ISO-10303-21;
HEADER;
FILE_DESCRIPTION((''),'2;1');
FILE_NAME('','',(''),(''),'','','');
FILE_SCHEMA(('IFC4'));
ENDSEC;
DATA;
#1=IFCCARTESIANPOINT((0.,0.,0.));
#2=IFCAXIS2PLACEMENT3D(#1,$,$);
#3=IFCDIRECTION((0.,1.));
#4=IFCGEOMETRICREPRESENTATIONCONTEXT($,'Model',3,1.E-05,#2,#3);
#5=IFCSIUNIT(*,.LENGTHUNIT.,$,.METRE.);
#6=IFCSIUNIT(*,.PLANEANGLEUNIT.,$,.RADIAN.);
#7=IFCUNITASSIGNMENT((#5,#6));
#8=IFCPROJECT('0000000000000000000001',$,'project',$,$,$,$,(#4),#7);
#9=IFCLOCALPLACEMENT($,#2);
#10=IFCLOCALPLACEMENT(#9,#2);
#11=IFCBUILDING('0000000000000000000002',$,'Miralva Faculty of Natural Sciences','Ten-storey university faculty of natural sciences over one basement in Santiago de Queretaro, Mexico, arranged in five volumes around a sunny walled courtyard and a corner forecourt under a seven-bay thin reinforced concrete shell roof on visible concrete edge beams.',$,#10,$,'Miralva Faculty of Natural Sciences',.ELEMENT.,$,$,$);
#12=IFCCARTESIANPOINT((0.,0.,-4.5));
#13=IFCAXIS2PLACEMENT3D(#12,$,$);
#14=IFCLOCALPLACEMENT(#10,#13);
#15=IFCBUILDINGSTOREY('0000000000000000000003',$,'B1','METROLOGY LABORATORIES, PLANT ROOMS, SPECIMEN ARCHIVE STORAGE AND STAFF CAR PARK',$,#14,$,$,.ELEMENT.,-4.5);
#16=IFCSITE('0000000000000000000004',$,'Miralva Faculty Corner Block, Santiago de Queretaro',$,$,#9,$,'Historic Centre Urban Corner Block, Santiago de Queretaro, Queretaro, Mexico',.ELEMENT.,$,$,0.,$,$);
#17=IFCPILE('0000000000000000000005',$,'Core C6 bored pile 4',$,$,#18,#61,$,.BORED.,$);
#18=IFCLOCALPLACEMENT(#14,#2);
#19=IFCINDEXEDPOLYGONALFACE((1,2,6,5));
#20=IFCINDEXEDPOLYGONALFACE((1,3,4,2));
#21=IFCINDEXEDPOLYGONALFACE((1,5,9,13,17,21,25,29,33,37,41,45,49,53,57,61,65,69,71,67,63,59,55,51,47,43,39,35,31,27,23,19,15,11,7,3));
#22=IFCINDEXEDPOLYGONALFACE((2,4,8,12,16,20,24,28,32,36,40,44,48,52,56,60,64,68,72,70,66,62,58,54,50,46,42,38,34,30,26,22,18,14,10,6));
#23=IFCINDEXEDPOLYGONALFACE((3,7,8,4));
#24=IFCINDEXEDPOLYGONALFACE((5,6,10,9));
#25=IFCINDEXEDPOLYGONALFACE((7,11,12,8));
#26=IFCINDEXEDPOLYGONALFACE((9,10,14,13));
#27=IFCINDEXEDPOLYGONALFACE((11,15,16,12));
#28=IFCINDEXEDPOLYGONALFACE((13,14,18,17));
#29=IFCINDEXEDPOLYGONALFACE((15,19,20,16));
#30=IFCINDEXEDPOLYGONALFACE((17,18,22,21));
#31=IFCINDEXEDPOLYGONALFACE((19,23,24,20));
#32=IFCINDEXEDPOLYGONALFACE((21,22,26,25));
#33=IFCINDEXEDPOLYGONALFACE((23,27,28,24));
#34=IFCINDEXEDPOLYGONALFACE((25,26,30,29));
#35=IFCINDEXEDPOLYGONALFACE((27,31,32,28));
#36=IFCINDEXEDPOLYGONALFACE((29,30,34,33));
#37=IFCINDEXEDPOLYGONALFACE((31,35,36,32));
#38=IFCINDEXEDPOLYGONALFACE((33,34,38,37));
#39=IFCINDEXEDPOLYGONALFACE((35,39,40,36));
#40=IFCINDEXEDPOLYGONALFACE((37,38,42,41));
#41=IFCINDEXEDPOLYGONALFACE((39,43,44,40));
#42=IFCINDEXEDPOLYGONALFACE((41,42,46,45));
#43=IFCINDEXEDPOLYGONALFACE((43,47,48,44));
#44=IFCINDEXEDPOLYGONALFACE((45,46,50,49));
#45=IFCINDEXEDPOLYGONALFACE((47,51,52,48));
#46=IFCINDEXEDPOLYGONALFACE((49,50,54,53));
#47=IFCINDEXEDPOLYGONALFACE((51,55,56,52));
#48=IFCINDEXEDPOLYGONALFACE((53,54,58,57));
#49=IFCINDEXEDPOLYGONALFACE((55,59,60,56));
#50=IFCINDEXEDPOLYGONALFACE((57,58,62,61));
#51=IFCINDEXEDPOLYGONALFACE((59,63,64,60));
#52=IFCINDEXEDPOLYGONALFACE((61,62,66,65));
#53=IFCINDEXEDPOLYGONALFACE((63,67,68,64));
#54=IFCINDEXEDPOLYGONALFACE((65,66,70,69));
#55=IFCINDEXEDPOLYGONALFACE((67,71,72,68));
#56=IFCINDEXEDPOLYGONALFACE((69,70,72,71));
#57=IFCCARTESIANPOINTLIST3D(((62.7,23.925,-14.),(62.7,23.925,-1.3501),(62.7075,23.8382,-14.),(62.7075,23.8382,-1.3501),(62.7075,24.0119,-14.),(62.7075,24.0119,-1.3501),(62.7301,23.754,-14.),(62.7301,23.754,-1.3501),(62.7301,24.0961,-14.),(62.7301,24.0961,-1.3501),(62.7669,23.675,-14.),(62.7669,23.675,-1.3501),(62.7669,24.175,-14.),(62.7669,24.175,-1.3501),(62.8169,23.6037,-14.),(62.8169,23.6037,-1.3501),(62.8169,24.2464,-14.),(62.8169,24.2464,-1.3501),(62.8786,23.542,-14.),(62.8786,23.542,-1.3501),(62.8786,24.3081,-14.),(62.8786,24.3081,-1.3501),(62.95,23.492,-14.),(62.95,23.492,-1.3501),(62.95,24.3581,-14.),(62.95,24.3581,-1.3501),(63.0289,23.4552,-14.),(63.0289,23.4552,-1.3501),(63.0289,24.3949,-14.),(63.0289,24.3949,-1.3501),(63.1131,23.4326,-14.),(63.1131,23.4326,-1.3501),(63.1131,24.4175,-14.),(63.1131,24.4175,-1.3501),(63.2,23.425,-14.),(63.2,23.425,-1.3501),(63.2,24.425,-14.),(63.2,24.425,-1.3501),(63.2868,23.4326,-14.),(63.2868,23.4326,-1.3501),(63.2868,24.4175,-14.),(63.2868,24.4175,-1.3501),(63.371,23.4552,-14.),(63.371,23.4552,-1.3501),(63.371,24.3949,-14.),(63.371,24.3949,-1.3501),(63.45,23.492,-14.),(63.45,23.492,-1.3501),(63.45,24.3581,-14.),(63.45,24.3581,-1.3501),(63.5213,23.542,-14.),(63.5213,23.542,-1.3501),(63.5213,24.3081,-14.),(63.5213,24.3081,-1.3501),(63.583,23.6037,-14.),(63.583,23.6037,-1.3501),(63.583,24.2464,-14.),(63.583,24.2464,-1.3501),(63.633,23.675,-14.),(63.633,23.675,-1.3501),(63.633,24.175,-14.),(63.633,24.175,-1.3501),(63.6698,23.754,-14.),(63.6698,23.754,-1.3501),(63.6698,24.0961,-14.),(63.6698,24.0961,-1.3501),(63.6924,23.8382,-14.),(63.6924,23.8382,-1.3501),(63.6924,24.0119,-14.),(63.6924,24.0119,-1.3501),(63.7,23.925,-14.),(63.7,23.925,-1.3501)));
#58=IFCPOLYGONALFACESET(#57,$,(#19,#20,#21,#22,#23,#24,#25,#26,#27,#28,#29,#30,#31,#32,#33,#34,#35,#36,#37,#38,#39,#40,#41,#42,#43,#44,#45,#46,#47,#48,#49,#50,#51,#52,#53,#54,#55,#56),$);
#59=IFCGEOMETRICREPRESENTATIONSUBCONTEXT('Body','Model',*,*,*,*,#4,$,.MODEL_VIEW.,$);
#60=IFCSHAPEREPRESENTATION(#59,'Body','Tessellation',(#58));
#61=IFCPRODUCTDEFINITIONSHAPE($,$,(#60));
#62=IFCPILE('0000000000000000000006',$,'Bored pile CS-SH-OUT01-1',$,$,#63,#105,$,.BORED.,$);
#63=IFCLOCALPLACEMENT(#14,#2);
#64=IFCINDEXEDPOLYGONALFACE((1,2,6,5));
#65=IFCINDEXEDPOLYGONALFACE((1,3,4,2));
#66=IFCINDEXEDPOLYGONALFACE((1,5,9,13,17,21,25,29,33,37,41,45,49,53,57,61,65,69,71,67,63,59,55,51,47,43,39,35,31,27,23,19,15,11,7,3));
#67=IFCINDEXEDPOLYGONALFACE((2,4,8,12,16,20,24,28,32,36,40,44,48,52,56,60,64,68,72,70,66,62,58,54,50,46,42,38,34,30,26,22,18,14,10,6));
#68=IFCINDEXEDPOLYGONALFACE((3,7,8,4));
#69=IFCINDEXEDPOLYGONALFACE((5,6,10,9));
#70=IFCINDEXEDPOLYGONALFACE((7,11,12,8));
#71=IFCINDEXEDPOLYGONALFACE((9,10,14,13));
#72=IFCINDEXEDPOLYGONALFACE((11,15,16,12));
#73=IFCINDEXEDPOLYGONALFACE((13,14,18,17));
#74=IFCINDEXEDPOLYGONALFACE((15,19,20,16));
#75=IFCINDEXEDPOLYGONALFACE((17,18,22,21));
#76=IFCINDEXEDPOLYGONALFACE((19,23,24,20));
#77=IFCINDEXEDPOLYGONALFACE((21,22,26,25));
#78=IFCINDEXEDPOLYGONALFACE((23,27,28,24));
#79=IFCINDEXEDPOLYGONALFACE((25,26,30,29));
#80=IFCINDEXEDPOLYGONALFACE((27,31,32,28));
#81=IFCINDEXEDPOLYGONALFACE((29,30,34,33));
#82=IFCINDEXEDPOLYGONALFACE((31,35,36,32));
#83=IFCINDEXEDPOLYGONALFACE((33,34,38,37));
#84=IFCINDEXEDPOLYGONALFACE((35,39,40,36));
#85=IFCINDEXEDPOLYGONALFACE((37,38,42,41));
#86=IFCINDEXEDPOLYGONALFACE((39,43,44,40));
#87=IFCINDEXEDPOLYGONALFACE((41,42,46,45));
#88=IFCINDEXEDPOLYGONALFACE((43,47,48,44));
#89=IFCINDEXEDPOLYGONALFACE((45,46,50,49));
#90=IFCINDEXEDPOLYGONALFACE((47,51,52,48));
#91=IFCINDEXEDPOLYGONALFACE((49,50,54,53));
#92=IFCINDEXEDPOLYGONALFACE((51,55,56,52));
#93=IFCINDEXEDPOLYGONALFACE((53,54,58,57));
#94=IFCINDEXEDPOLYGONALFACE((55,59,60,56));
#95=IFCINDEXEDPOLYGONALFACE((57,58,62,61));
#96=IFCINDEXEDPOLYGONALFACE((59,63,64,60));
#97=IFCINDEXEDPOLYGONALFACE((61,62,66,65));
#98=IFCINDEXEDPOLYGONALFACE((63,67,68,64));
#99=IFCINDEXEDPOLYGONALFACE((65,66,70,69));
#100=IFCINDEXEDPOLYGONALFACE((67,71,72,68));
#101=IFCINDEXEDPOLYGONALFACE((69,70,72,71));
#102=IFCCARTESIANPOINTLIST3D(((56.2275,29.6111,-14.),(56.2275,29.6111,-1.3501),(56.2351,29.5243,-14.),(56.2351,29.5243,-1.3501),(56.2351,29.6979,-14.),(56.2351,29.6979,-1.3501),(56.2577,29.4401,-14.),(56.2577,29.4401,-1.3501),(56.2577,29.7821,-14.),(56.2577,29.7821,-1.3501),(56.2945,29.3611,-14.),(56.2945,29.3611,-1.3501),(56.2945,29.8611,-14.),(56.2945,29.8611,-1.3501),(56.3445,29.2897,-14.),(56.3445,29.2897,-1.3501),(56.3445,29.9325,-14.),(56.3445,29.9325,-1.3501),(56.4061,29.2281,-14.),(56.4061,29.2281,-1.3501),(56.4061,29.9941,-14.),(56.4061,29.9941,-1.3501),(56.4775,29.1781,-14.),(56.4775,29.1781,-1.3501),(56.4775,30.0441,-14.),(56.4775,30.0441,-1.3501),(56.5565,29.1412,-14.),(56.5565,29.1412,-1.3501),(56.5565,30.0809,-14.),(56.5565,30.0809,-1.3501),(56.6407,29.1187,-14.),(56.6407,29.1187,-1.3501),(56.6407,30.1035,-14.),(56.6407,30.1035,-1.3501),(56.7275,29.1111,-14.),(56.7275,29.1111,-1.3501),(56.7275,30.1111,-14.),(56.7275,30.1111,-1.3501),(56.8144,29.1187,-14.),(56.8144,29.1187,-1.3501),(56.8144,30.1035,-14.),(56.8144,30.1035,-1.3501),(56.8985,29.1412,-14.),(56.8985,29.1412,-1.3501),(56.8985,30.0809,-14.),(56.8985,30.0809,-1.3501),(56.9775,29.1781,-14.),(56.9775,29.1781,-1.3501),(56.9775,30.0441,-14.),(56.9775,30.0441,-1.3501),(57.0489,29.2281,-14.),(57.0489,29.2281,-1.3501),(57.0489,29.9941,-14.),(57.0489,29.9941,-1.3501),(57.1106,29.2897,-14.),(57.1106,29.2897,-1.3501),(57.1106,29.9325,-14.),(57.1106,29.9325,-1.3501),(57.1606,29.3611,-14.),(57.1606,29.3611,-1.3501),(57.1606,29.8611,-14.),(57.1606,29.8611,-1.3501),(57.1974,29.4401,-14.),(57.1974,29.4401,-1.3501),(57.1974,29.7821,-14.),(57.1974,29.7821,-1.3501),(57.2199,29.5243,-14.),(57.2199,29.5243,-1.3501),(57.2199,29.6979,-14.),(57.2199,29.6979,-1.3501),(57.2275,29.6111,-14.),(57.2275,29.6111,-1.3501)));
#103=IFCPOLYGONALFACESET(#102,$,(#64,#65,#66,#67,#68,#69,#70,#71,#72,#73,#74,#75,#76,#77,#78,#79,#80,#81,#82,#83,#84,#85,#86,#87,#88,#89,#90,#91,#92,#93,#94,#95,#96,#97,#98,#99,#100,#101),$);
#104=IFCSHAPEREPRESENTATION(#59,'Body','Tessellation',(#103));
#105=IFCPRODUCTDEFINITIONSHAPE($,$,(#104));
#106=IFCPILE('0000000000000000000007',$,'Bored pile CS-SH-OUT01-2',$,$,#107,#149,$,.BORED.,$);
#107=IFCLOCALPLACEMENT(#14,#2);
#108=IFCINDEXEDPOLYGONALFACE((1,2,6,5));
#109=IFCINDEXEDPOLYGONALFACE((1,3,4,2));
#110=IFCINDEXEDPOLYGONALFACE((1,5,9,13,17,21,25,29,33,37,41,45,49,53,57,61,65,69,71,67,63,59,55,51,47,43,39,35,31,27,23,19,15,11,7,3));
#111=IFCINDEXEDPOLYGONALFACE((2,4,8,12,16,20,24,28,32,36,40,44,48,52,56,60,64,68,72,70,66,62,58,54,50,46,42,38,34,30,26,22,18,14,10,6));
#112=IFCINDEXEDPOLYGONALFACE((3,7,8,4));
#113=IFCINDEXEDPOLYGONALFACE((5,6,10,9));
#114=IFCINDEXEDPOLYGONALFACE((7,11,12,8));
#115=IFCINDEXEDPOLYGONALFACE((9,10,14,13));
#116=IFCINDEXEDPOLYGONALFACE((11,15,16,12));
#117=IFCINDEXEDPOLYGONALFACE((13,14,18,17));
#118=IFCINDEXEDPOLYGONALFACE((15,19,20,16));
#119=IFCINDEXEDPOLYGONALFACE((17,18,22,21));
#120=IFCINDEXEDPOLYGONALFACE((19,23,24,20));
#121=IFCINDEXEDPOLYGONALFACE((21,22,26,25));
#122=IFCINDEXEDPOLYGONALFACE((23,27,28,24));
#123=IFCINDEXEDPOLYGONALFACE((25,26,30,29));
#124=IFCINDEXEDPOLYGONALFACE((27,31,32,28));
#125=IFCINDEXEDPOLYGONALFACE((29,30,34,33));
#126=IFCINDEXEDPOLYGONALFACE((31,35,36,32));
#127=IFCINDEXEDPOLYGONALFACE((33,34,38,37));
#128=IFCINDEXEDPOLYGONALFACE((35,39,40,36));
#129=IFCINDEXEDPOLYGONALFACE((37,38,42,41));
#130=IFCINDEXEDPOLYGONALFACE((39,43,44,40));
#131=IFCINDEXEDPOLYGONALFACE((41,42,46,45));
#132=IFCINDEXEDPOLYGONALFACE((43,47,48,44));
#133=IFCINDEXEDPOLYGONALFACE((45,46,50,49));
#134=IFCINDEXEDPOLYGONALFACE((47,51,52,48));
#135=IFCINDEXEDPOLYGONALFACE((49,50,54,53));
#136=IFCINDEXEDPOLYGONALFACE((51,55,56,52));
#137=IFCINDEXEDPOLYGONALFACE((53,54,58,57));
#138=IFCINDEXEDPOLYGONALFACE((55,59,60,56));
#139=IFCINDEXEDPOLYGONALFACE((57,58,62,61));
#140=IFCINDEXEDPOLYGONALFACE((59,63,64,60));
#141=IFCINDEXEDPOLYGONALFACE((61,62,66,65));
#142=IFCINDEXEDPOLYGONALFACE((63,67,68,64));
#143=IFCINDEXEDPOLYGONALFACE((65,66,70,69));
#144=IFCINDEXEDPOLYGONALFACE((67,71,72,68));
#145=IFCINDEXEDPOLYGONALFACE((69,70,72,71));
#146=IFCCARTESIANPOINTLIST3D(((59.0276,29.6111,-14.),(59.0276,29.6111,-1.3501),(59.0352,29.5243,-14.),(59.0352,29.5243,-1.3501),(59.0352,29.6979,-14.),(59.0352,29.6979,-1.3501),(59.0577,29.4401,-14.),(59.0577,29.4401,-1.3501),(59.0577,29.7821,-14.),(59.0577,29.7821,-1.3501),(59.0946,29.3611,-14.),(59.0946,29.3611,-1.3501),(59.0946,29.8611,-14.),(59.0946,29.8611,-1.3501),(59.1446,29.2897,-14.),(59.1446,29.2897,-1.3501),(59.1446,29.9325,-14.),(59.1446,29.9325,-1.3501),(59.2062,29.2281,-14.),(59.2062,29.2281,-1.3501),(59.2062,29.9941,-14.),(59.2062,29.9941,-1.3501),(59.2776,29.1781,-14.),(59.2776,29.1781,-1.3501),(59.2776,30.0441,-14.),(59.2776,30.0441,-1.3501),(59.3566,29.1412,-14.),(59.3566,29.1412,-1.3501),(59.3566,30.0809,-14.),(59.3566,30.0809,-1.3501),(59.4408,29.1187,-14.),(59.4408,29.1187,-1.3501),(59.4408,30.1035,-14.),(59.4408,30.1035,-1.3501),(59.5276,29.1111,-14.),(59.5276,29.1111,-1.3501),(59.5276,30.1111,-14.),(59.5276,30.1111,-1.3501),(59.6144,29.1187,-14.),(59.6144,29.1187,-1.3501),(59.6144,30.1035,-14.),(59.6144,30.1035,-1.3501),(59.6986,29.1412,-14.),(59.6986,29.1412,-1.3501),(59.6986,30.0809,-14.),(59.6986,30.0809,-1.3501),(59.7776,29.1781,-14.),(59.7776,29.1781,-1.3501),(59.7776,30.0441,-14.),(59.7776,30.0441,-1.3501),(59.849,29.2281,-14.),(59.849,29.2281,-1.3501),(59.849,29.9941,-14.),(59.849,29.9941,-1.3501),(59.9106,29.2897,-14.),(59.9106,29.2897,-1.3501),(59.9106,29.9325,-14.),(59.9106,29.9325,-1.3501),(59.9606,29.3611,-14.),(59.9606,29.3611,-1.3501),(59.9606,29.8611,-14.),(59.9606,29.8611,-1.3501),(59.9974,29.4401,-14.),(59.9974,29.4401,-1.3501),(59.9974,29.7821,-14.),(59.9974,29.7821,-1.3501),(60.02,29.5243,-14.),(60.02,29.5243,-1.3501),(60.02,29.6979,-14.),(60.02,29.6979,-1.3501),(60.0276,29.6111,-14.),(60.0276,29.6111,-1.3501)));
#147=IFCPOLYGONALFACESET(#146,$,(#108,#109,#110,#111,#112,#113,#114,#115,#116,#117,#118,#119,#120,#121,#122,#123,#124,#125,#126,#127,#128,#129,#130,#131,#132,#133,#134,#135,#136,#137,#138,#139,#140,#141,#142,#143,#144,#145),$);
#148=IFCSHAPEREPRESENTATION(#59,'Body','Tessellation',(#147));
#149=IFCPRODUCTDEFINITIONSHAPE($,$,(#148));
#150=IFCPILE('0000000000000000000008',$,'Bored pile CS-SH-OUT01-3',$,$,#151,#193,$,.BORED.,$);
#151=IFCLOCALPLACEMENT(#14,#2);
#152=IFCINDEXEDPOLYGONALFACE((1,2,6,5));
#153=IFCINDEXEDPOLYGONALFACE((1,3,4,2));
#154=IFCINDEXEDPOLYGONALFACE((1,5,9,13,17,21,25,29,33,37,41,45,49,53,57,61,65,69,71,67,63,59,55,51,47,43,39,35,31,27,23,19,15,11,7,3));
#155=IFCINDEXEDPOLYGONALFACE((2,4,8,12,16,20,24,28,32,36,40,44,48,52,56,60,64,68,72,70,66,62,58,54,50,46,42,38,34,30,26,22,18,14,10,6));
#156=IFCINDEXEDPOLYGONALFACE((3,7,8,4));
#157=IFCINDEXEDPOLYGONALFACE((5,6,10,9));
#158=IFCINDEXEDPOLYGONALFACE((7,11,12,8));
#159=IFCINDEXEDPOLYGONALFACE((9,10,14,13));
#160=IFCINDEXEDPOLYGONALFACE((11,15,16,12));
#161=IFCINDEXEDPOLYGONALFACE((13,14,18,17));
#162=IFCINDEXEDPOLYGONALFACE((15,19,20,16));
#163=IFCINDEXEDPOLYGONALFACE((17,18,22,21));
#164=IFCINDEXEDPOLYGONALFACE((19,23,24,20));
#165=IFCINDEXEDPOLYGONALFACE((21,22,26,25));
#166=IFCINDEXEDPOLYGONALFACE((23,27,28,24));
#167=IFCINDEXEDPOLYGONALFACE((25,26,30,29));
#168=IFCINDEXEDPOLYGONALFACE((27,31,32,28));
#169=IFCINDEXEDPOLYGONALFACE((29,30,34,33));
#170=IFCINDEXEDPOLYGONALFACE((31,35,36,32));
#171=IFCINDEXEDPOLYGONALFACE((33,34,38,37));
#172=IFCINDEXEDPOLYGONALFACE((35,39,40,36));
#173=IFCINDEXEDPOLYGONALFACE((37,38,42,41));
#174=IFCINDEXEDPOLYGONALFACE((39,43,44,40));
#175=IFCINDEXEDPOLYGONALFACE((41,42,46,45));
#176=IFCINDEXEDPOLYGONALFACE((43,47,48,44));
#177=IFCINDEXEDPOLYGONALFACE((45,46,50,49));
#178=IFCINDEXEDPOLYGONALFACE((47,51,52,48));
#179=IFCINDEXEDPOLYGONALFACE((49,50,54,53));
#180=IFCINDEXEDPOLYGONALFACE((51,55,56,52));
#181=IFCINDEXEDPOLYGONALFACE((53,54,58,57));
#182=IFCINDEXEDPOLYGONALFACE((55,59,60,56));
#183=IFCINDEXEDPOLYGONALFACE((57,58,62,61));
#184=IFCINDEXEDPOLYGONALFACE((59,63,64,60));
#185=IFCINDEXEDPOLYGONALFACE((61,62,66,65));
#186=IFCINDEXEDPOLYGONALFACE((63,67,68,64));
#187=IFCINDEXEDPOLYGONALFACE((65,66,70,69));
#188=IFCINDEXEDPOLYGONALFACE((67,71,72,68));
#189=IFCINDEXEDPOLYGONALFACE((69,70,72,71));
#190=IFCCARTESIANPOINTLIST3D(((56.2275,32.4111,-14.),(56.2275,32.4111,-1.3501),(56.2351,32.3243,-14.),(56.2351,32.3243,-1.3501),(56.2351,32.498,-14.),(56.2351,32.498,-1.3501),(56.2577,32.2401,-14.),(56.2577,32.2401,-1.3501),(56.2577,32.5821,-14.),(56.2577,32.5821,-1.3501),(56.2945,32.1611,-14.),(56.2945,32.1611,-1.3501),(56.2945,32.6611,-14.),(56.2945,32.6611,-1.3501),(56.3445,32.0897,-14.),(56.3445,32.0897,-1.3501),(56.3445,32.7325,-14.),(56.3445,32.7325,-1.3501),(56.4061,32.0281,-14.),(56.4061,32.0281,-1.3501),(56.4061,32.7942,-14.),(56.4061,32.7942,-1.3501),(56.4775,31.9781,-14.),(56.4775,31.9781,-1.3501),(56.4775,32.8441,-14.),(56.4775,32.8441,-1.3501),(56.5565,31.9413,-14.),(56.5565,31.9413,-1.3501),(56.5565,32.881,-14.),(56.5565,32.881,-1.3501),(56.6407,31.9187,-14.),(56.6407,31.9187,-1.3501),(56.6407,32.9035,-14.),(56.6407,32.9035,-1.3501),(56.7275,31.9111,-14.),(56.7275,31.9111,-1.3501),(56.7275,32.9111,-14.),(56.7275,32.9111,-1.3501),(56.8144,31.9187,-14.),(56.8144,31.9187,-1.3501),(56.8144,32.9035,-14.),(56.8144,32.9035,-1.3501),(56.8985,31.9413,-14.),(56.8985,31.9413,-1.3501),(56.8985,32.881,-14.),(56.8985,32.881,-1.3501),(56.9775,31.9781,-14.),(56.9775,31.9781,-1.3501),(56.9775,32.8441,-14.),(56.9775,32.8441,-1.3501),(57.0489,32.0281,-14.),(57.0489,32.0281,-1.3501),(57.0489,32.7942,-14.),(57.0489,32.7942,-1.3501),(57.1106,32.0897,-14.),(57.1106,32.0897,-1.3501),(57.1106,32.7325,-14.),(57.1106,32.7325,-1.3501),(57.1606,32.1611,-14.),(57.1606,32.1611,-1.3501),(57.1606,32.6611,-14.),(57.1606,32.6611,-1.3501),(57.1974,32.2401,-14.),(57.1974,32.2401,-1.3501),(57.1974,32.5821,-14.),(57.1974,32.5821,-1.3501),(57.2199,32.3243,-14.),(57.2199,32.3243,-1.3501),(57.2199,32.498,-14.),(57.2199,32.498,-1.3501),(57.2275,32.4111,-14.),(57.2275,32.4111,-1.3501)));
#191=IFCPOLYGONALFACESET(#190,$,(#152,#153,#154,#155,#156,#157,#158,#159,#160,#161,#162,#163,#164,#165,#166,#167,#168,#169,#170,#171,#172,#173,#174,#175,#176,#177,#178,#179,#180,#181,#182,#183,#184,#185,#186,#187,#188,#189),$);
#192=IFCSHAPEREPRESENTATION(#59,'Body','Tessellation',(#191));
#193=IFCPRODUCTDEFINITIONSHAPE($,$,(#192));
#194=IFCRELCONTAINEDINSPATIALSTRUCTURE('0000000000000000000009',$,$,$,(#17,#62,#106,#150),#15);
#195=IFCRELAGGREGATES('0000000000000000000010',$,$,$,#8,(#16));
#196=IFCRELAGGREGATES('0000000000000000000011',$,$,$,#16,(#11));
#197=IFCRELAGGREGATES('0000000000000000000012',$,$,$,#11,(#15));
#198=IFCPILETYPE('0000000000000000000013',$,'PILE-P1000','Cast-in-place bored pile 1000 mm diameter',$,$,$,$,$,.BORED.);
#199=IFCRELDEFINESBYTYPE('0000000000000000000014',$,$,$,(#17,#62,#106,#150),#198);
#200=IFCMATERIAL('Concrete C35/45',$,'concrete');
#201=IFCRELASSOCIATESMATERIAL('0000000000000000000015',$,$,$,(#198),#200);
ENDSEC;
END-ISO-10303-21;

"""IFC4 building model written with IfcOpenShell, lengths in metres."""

from ifc_helpers import new_model, si_unit, direction, frame, origin, origin_2d, place, context, subcontext, project, spatial, circle, extrude, material, material_profile, profile_set, type_object, element, save


model = new_model("IFC4")

# Units and contexts
model_context = context("Model", 3, precision=1e-05, world=origin(), true_north=direction((0.0, 1.0)))
body_context = subcontext(model_context, "Body", "Model", "MODEL_VIEW")
ifc_project = project(units=[si_unit("LENGTHUNIT", "METRE"), si_unit("PLANEANGLEUNIT", "RADIAN")], contexts=[model_context])

# Site, building, storey
site_placement = place(None, origin())
site = spatial("IfcSite", under=ifc_project, at=site_placement, Name="Miralva Faculty Corner Block, Santiago de Queretaro", LongName="Historic Centre Urban Corner Block, Santiago de Queretaro, Queretaro, Mexico", CompositionType="ELEMENT", RefElevation=0.0)
building_placement = place(site_placement, origin())
building = spatial("IfcBuilding", under=site, at=building_placement, Name="Miralva Faculty of Natural Sciences", Description="Ten-storey university faculty of natural sciences over one basement in Santiago de Queretaro, Mexico, arranged in five volumes around a sunny walled courtyard and a corner forecourt under a seven-bay thin reinforced concrete shell roof on visible concrete edge beams.", LongName="Miralva Faculty of Natural Sciences", CompositionType="ELEMENT")
storey_placement = place(building_placement, frame((0.0, 0.0, -4.5)))
storey = spatial("IfcBuildingStorey", under=building, at=storey_placement, Name="B1", Description="METROLOGY LABORATORIES, PLANT ROOMS, SPECIMEN ARCHIVE STORAGE AND STAFF CAR PARK", CompositionType="ELEMENT", Elevation=-4.5)

# Piles
ifc_material_1 = material(Name="Concrete C35/45", Category="concrete")
ifc_material_profile_1 = material_profile(ifc_material_1, circle(Radius=0.5, at=origin_2d()), Name="BORED PILE 1000")
ifc_profile_set_1 = profile_set([ifc_material_profile_1], Name="Concrete C35/45")
pile_type = type_object("IfcPileType", Name="PILE-P1000", Description="Cast-in-place bored pile 1000 mm diameter", PredefinedType="BORED", material=ifc_profile_set_1)
for number, where, z_axis, x_axis, name in (
    (1, (63.2, 23.925, -1.3501), (0.0, 0.0, -1.0), (1.0, 0.0, 0.0), "Core C6 bored pile 4"),
    (2, (56.7275, 29.6111, -1.3501), (0.0, 0.0, -1.0), (1.0, 0.0, 0.0), "Bored pile CS-SH-OUT01-1"),
    (3, (59.5276, 29.6111, -1.3501), (0.0, 0.0, -1.0), (1.0, 0.0, 0.0), "Bored pile CS-SH-OUT01-2"),
    (4, (56.7275, 32.4111, -1.3501), (0.0, 0.0, -1.0), (1.0, 0.0, 0.0), "Bored pile CS-SH-OUT01-3"),
):
    element("IfcPile", number, at=place(storey_placement, frame(where, z_axis=z_axis, x_axis=x_axis)), inside=storey, type_object=pile_type, Name=name, PredefinedType="BORED", context=body_context, shape_type="SweptSolid", body=[
        extrude(circle(Radius=0.5, at=origin_2d()), origin(), (0.0, 0.0, 1.0), 12.6499),
    ])

save(model, "model.ifc")
